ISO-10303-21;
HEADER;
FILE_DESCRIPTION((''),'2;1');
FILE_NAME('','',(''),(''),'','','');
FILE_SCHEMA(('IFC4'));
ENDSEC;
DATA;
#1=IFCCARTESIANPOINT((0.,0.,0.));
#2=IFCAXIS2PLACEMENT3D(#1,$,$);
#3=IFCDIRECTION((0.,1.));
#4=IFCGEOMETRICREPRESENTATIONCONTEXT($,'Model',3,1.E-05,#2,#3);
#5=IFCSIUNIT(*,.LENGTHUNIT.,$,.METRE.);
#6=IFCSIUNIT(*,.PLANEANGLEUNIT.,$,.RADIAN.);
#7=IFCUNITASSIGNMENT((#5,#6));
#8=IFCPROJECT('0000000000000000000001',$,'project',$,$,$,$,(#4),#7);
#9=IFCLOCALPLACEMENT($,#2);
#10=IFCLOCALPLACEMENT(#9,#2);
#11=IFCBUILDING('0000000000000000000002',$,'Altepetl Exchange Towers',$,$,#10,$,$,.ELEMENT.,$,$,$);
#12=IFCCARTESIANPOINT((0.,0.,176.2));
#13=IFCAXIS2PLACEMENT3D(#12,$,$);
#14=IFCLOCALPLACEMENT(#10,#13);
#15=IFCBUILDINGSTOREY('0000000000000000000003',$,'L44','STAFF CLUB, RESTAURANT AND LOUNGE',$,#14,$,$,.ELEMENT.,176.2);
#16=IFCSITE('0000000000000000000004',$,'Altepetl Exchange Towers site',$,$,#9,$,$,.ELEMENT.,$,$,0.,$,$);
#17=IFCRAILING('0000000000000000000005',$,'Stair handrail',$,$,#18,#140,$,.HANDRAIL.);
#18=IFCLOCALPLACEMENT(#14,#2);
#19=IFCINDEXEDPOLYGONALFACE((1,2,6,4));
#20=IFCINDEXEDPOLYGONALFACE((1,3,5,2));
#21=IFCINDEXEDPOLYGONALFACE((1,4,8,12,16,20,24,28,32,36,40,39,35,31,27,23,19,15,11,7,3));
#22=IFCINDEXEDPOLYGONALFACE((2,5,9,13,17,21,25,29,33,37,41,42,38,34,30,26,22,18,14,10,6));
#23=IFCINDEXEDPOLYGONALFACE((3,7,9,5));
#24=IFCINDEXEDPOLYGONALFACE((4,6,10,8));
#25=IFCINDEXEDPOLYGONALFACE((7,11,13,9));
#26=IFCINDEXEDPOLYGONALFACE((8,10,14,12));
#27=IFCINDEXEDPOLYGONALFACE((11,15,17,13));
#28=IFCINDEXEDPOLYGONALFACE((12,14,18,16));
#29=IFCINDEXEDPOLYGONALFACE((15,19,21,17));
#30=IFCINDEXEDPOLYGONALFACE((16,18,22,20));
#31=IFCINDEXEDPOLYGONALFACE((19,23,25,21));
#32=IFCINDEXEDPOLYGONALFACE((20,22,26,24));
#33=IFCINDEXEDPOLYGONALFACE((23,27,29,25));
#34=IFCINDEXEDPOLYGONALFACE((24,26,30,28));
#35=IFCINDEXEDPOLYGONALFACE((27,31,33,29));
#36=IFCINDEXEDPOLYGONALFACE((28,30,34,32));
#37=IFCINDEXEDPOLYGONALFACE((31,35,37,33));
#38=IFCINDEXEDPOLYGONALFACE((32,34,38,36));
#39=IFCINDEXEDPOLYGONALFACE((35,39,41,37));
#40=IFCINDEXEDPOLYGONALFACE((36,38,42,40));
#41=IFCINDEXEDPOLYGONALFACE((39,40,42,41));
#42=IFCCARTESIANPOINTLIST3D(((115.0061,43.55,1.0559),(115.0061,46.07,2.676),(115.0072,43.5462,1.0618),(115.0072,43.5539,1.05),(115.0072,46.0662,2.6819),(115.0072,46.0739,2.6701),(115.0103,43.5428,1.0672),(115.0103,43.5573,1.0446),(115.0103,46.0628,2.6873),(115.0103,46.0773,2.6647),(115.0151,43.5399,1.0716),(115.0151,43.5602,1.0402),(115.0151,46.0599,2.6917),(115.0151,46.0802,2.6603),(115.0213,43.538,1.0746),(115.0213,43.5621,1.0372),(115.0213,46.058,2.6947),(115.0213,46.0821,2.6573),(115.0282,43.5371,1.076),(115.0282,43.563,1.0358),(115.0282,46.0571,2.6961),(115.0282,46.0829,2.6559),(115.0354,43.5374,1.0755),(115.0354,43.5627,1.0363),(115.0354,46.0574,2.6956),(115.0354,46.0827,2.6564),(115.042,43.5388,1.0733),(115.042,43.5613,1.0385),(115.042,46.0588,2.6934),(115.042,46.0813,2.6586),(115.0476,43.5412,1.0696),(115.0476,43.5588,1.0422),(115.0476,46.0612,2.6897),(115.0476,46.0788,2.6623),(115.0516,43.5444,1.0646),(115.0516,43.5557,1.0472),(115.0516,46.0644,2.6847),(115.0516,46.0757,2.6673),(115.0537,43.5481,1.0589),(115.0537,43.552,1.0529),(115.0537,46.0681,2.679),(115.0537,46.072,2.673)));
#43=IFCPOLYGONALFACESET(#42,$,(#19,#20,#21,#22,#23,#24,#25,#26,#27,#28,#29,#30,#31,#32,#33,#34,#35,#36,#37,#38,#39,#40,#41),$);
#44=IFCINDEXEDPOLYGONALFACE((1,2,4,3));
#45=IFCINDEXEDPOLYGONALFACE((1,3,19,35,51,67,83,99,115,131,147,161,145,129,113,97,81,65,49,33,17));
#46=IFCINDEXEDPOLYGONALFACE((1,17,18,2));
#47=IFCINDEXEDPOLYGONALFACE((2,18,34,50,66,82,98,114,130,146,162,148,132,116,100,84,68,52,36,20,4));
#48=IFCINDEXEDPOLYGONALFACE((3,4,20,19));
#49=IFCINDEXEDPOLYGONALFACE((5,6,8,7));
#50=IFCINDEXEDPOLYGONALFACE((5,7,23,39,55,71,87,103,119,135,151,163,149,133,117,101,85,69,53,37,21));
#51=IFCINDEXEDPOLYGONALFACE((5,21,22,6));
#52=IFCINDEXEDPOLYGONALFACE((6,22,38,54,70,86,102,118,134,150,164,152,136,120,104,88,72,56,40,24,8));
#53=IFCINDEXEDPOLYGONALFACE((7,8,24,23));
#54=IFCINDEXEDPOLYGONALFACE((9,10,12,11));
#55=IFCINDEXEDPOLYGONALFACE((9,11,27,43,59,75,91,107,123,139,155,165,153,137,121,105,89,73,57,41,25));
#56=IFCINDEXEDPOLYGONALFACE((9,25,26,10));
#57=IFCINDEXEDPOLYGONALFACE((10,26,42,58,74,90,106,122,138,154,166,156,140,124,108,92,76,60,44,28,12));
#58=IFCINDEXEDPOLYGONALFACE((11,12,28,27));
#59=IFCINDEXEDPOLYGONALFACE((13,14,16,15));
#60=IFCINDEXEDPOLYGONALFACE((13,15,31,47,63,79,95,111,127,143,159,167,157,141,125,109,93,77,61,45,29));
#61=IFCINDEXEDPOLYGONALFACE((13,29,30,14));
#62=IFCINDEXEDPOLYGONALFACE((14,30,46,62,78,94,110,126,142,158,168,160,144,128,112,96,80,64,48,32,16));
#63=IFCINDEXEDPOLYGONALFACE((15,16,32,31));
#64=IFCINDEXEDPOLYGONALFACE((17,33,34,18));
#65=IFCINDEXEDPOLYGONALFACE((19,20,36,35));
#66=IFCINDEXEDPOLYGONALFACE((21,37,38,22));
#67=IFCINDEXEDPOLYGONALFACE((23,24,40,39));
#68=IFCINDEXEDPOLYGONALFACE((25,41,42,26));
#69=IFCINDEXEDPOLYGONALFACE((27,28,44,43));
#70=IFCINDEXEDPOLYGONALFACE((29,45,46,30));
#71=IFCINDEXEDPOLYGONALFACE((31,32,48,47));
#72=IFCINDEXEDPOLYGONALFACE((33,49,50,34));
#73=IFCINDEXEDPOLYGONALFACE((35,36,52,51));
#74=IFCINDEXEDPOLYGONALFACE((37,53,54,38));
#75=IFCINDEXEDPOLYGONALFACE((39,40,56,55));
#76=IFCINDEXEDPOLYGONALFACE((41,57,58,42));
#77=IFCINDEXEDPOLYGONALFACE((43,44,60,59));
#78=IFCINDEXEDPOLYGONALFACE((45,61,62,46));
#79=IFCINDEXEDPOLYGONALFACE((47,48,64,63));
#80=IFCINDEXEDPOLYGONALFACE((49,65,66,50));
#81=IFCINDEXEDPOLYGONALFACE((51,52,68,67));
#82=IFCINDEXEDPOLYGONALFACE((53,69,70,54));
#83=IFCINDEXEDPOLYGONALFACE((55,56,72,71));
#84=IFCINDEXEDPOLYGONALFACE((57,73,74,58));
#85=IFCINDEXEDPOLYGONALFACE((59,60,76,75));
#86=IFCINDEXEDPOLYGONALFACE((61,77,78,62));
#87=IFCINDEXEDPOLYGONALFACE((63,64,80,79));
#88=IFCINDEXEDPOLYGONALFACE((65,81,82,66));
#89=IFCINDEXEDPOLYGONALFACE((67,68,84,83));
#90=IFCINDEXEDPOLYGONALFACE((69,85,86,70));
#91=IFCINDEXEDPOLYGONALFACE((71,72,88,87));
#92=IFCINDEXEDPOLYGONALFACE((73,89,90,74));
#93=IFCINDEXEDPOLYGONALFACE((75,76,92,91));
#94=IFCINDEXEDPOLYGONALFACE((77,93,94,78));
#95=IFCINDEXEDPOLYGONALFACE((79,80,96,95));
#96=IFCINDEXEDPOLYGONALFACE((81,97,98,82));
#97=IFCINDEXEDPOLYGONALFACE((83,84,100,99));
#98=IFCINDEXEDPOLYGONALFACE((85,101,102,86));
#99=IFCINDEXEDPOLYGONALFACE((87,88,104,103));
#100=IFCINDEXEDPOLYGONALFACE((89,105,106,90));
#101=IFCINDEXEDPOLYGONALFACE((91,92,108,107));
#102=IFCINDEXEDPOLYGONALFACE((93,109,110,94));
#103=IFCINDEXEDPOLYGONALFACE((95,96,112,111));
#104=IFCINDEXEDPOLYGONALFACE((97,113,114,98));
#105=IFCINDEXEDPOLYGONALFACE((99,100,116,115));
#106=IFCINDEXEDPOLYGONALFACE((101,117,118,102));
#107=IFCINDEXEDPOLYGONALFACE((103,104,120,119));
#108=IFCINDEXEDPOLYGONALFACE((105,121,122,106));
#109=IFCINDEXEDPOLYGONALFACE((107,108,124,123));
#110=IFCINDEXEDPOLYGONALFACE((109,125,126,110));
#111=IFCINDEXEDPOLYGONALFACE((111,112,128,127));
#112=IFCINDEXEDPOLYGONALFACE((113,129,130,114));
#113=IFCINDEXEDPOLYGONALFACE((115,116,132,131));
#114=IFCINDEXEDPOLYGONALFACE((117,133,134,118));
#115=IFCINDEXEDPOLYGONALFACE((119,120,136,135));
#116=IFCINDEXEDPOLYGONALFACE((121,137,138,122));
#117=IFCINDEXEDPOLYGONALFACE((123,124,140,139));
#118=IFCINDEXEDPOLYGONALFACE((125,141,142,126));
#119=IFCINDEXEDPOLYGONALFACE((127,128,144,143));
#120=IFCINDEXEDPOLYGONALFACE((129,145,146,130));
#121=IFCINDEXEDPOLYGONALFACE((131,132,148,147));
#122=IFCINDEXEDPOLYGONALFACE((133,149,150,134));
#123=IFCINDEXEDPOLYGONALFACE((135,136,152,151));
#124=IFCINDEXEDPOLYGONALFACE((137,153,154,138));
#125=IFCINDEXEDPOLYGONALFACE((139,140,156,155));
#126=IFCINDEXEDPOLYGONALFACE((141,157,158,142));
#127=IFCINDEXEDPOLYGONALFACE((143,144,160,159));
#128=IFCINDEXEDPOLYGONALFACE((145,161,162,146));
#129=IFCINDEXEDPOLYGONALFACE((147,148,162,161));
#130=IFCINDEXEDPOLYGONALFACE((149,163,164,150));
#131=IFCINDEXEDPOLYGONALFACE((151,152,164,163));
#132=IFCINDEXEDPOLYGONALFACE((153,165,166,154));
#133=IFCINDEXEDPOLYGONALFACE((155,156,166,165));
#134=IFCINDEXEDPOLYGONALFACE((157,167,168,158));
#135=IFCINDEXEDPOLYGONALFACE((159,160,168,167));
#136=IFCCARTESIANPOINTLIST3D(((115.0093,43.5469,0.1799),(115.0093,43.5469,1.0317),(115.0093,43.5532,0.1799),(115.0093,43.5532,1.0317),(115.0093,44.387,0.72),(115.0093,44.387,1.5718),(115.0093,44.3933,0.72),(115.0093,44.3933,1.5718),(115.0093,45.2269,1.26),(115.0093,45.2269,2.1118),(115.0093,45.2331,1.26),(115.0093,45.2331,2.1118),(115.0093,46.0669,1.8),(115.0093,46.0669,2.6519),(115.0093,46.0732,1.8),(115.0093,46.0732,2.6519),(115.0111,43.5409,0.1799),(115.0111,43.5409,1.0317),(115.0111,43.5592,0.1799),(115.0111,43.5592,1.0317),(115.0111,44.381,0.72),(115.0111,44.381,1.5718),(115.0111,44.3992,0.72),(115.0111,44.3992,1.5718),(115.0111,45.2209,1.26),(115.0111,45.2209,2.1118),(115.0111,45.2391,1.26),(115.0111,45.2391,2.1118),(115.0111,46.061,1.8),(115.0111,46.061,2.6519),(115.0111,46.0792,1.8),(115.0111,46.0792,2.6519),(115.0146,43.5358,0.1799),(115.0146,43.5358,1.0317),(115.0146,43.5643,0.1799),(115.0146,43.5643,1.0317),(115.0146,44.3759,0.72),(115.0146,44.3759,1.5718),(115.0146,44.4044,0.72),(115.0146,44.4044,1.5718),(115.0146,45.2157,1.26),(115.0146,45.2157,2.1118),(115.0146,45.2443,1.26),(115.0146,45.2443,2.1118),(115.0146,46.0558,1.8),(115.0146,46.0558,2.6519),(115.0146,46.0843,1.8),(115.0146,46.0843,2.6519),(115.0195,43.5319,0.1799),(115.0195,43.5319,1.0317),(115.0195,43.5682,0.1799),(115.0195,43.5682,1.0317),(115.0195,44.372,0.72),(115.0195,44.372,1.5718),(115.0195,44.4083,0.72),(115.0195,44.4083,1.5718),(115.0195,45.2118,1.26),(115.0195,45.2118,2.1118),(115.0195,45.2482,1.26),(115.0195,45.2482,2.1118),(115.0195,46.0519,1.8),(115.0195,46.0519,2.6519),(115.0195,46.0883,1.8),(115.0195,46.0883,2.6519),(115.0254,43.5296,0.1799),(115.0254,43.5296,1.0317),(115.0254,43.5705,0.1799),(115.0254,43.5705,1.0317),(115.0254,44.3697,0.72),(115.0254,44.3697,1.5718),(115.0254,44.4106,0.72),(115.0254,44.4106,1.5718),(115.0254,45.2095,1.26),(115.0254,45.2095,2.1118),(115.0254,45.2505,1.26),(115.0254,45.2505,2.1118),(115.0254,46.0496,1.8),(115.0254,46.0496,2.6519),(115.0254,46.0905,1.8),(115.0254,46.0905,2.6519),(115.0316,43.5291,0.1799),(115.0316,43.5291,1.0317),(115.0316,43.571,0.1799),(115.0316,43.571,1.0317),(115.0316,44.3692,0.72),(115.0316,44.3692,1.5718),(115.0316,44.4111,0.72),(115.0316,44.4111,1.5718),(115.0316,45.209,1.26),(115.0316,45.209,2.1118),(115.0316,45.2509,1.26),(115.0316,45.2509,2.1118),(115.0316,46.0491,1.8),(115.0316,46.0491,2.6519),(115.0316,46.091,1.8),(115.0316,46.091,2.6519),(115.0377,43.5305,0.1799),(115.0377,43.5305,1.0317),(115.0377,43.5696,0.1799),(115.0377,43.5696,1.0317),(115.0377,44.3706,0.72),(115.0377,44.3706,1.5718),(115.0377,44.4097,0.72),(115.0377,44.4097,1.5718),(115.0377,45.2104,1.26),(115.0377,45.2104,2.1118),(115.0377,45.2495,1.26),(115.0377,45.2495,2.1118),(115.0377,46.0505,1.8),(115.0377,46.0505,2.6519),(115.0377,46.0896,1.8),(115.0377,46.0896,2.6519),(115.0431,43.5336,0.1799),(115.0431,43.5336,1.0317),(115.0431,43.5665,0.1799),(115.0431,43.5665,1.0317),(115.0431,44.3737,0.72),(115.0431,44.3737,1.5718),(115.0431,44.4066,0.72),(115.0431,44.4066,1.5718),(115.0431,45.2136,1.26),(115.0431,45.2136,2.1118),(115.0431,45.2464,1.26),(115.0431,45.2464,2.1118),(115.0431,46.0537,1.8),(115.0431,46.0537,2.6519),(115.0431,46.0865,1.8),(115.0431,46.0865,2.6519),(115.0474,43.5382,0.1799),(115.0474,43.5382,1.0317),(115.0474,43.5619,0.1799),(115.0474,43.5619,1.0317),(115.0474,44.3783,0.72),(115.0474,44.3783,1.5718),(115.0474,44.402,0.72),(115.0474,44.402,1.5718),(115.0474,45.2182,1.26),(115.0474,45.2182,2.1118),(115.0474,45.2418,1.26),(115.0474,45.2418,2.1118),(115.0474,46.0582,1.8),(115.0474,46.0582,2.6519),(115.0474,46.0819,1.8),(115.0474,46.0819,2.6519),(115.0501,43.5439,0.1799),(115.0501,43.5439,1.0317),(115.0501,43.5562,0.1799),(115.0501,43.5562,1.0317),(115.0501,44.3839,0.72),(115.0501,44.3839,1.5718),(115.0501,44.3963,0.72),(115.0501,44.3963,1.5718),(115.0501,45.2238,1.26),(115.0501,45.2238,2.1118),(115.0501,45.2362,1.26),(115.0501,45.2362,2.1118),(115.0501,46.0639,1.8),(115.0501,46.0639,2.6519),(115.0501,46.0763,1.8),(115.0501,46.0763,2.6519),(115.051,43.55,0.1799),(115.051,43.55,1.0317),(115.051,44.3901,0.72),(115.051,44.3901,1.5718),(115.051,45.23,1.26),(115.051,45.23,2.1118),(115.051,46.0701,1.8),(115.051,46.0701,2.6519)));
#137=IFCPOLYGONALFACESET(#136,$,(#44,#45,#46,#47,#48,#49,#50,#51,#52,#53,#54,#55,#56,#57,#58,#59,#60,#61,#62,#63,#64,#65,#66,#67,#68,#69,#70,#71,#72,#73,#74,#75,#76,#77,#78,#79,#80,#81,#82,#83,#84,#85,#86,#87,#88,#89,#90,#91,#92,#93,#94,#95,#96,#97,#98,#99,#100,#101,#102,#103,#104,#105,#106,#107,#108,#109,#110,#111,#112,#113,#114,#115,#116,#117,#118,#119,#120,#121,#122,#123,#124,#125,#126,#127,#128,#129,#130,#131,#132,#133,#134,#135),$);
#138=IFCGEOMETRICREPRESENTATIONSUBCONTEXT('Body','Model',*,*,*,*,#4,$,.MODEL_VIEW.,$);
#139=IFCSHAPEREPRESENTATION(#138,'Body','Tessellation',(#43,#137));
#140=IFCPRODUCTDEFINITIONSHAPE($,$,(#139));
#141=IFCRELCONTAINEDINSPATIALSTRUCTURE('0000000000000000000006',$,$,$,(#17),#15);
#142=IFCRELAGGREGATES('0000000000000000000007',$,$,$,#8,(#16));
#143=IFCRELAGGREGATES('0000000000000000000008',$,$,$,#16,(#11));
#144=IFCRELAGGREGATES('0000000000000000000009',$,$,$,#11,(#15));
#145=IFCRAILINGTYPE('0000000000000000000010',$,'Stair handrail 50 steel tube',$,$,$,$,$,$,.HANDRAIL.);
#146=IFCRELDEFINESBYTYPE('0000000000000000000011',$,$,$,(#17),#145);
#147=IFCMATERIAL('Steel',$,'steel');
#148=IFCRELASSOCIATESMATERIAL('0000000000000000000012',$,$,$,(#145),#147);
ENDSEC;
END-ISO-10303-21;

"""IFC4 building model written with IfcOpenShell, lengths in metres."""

from ifc_helpers import new_model, si_unit, direction, frame, origin, origin_2d, place, context, subcontext, project, spatial, circle, extrude, source, transform, mapped, material, type_object, element, save


model = new_model("IFC4")

# Units and contexts
model_context = context("Model", 3, precision=1e-05, world=origin(), true_north=direction((0.0, 1.0)))
body_context = subcontext(model_context, "Body", "Model", "MODEL_VIEW")
ifc_project = project(units=[si_unit("LENGTHUNIT", "METRE"), si_unit("PLANEANGLEUNIT", "RADIAN")], contexts=[model_context])

# Site, building, storey
site_placement = place(None, origin())
site = spatial("IfcSite", under=ifc_project, at=site_placement, Name="Altepetl Exchange Towers site", CompositionType="ELEMENT", RefElevation=0.0)
building_placement = place(site_placement, origin())
building = spatial("IfcBuilding", under=site, at=building_placement, Name="Altepetl Exchange Towers", CompositionType="ELEMENT")
storey_placement = place(building_placement, frame((0.0, 0.0, 176.2)))
storey = spatial("IfcBuildingStorey", under=building, at=storey_placement, Name="L44", Description="STAFF CLUB, RESTAURANT AND LOUNGE", CompositionType="ELEMENT", Elevation=176.2)

# Railing
ifc_material_1 = material(Name="Steel", Category="steel")
railing_type = type_object("IfcRailingType", Name="Stair handrail 50 steel tube", PredefinedType="HANDRAIL", material=ifc_material_1)
shared_shape = source(origin(), body_context, "Body", "SweptSolid", [
    extrude(circle(Radius=0.021, at=origin_2d()), origin(), (0.0, 0.0, 1.0), 0.8518),
])
railing_1_placement = place(storey_placement, frame((115.03, 43.55, 0.1799)))
element("IfcRailing", 1, at=railing_1_placement, inside=storey, type_object=railing_type, Name="Stair handrail", PredefinedType="HANDRAIL", context=body_context, shape_type="SweptSolid", body=[
    extrude(circle(Radius=0.0239, at=origin_2d()), frame((0.0, 0.0, 0.876), z_axis=(0.0, 0.841163, 0.540782), x_axis=(-1.0, 0.0, 0.0)), (0.0, 0.0, 1.0), 2.9958),
    mapped(shared_shape, transform((0.0, 0.0, 0.0))),
    mapped(shared_shape, transform((0.0, 0.8401, 0.54))),
    mapped(shared_shape, transform((0.0, 1.6799, 1.0801))),
    mapped(shared_shape, transform((0.0, 2.52, 1.6201))),
])

save(model, "model.ifc")
